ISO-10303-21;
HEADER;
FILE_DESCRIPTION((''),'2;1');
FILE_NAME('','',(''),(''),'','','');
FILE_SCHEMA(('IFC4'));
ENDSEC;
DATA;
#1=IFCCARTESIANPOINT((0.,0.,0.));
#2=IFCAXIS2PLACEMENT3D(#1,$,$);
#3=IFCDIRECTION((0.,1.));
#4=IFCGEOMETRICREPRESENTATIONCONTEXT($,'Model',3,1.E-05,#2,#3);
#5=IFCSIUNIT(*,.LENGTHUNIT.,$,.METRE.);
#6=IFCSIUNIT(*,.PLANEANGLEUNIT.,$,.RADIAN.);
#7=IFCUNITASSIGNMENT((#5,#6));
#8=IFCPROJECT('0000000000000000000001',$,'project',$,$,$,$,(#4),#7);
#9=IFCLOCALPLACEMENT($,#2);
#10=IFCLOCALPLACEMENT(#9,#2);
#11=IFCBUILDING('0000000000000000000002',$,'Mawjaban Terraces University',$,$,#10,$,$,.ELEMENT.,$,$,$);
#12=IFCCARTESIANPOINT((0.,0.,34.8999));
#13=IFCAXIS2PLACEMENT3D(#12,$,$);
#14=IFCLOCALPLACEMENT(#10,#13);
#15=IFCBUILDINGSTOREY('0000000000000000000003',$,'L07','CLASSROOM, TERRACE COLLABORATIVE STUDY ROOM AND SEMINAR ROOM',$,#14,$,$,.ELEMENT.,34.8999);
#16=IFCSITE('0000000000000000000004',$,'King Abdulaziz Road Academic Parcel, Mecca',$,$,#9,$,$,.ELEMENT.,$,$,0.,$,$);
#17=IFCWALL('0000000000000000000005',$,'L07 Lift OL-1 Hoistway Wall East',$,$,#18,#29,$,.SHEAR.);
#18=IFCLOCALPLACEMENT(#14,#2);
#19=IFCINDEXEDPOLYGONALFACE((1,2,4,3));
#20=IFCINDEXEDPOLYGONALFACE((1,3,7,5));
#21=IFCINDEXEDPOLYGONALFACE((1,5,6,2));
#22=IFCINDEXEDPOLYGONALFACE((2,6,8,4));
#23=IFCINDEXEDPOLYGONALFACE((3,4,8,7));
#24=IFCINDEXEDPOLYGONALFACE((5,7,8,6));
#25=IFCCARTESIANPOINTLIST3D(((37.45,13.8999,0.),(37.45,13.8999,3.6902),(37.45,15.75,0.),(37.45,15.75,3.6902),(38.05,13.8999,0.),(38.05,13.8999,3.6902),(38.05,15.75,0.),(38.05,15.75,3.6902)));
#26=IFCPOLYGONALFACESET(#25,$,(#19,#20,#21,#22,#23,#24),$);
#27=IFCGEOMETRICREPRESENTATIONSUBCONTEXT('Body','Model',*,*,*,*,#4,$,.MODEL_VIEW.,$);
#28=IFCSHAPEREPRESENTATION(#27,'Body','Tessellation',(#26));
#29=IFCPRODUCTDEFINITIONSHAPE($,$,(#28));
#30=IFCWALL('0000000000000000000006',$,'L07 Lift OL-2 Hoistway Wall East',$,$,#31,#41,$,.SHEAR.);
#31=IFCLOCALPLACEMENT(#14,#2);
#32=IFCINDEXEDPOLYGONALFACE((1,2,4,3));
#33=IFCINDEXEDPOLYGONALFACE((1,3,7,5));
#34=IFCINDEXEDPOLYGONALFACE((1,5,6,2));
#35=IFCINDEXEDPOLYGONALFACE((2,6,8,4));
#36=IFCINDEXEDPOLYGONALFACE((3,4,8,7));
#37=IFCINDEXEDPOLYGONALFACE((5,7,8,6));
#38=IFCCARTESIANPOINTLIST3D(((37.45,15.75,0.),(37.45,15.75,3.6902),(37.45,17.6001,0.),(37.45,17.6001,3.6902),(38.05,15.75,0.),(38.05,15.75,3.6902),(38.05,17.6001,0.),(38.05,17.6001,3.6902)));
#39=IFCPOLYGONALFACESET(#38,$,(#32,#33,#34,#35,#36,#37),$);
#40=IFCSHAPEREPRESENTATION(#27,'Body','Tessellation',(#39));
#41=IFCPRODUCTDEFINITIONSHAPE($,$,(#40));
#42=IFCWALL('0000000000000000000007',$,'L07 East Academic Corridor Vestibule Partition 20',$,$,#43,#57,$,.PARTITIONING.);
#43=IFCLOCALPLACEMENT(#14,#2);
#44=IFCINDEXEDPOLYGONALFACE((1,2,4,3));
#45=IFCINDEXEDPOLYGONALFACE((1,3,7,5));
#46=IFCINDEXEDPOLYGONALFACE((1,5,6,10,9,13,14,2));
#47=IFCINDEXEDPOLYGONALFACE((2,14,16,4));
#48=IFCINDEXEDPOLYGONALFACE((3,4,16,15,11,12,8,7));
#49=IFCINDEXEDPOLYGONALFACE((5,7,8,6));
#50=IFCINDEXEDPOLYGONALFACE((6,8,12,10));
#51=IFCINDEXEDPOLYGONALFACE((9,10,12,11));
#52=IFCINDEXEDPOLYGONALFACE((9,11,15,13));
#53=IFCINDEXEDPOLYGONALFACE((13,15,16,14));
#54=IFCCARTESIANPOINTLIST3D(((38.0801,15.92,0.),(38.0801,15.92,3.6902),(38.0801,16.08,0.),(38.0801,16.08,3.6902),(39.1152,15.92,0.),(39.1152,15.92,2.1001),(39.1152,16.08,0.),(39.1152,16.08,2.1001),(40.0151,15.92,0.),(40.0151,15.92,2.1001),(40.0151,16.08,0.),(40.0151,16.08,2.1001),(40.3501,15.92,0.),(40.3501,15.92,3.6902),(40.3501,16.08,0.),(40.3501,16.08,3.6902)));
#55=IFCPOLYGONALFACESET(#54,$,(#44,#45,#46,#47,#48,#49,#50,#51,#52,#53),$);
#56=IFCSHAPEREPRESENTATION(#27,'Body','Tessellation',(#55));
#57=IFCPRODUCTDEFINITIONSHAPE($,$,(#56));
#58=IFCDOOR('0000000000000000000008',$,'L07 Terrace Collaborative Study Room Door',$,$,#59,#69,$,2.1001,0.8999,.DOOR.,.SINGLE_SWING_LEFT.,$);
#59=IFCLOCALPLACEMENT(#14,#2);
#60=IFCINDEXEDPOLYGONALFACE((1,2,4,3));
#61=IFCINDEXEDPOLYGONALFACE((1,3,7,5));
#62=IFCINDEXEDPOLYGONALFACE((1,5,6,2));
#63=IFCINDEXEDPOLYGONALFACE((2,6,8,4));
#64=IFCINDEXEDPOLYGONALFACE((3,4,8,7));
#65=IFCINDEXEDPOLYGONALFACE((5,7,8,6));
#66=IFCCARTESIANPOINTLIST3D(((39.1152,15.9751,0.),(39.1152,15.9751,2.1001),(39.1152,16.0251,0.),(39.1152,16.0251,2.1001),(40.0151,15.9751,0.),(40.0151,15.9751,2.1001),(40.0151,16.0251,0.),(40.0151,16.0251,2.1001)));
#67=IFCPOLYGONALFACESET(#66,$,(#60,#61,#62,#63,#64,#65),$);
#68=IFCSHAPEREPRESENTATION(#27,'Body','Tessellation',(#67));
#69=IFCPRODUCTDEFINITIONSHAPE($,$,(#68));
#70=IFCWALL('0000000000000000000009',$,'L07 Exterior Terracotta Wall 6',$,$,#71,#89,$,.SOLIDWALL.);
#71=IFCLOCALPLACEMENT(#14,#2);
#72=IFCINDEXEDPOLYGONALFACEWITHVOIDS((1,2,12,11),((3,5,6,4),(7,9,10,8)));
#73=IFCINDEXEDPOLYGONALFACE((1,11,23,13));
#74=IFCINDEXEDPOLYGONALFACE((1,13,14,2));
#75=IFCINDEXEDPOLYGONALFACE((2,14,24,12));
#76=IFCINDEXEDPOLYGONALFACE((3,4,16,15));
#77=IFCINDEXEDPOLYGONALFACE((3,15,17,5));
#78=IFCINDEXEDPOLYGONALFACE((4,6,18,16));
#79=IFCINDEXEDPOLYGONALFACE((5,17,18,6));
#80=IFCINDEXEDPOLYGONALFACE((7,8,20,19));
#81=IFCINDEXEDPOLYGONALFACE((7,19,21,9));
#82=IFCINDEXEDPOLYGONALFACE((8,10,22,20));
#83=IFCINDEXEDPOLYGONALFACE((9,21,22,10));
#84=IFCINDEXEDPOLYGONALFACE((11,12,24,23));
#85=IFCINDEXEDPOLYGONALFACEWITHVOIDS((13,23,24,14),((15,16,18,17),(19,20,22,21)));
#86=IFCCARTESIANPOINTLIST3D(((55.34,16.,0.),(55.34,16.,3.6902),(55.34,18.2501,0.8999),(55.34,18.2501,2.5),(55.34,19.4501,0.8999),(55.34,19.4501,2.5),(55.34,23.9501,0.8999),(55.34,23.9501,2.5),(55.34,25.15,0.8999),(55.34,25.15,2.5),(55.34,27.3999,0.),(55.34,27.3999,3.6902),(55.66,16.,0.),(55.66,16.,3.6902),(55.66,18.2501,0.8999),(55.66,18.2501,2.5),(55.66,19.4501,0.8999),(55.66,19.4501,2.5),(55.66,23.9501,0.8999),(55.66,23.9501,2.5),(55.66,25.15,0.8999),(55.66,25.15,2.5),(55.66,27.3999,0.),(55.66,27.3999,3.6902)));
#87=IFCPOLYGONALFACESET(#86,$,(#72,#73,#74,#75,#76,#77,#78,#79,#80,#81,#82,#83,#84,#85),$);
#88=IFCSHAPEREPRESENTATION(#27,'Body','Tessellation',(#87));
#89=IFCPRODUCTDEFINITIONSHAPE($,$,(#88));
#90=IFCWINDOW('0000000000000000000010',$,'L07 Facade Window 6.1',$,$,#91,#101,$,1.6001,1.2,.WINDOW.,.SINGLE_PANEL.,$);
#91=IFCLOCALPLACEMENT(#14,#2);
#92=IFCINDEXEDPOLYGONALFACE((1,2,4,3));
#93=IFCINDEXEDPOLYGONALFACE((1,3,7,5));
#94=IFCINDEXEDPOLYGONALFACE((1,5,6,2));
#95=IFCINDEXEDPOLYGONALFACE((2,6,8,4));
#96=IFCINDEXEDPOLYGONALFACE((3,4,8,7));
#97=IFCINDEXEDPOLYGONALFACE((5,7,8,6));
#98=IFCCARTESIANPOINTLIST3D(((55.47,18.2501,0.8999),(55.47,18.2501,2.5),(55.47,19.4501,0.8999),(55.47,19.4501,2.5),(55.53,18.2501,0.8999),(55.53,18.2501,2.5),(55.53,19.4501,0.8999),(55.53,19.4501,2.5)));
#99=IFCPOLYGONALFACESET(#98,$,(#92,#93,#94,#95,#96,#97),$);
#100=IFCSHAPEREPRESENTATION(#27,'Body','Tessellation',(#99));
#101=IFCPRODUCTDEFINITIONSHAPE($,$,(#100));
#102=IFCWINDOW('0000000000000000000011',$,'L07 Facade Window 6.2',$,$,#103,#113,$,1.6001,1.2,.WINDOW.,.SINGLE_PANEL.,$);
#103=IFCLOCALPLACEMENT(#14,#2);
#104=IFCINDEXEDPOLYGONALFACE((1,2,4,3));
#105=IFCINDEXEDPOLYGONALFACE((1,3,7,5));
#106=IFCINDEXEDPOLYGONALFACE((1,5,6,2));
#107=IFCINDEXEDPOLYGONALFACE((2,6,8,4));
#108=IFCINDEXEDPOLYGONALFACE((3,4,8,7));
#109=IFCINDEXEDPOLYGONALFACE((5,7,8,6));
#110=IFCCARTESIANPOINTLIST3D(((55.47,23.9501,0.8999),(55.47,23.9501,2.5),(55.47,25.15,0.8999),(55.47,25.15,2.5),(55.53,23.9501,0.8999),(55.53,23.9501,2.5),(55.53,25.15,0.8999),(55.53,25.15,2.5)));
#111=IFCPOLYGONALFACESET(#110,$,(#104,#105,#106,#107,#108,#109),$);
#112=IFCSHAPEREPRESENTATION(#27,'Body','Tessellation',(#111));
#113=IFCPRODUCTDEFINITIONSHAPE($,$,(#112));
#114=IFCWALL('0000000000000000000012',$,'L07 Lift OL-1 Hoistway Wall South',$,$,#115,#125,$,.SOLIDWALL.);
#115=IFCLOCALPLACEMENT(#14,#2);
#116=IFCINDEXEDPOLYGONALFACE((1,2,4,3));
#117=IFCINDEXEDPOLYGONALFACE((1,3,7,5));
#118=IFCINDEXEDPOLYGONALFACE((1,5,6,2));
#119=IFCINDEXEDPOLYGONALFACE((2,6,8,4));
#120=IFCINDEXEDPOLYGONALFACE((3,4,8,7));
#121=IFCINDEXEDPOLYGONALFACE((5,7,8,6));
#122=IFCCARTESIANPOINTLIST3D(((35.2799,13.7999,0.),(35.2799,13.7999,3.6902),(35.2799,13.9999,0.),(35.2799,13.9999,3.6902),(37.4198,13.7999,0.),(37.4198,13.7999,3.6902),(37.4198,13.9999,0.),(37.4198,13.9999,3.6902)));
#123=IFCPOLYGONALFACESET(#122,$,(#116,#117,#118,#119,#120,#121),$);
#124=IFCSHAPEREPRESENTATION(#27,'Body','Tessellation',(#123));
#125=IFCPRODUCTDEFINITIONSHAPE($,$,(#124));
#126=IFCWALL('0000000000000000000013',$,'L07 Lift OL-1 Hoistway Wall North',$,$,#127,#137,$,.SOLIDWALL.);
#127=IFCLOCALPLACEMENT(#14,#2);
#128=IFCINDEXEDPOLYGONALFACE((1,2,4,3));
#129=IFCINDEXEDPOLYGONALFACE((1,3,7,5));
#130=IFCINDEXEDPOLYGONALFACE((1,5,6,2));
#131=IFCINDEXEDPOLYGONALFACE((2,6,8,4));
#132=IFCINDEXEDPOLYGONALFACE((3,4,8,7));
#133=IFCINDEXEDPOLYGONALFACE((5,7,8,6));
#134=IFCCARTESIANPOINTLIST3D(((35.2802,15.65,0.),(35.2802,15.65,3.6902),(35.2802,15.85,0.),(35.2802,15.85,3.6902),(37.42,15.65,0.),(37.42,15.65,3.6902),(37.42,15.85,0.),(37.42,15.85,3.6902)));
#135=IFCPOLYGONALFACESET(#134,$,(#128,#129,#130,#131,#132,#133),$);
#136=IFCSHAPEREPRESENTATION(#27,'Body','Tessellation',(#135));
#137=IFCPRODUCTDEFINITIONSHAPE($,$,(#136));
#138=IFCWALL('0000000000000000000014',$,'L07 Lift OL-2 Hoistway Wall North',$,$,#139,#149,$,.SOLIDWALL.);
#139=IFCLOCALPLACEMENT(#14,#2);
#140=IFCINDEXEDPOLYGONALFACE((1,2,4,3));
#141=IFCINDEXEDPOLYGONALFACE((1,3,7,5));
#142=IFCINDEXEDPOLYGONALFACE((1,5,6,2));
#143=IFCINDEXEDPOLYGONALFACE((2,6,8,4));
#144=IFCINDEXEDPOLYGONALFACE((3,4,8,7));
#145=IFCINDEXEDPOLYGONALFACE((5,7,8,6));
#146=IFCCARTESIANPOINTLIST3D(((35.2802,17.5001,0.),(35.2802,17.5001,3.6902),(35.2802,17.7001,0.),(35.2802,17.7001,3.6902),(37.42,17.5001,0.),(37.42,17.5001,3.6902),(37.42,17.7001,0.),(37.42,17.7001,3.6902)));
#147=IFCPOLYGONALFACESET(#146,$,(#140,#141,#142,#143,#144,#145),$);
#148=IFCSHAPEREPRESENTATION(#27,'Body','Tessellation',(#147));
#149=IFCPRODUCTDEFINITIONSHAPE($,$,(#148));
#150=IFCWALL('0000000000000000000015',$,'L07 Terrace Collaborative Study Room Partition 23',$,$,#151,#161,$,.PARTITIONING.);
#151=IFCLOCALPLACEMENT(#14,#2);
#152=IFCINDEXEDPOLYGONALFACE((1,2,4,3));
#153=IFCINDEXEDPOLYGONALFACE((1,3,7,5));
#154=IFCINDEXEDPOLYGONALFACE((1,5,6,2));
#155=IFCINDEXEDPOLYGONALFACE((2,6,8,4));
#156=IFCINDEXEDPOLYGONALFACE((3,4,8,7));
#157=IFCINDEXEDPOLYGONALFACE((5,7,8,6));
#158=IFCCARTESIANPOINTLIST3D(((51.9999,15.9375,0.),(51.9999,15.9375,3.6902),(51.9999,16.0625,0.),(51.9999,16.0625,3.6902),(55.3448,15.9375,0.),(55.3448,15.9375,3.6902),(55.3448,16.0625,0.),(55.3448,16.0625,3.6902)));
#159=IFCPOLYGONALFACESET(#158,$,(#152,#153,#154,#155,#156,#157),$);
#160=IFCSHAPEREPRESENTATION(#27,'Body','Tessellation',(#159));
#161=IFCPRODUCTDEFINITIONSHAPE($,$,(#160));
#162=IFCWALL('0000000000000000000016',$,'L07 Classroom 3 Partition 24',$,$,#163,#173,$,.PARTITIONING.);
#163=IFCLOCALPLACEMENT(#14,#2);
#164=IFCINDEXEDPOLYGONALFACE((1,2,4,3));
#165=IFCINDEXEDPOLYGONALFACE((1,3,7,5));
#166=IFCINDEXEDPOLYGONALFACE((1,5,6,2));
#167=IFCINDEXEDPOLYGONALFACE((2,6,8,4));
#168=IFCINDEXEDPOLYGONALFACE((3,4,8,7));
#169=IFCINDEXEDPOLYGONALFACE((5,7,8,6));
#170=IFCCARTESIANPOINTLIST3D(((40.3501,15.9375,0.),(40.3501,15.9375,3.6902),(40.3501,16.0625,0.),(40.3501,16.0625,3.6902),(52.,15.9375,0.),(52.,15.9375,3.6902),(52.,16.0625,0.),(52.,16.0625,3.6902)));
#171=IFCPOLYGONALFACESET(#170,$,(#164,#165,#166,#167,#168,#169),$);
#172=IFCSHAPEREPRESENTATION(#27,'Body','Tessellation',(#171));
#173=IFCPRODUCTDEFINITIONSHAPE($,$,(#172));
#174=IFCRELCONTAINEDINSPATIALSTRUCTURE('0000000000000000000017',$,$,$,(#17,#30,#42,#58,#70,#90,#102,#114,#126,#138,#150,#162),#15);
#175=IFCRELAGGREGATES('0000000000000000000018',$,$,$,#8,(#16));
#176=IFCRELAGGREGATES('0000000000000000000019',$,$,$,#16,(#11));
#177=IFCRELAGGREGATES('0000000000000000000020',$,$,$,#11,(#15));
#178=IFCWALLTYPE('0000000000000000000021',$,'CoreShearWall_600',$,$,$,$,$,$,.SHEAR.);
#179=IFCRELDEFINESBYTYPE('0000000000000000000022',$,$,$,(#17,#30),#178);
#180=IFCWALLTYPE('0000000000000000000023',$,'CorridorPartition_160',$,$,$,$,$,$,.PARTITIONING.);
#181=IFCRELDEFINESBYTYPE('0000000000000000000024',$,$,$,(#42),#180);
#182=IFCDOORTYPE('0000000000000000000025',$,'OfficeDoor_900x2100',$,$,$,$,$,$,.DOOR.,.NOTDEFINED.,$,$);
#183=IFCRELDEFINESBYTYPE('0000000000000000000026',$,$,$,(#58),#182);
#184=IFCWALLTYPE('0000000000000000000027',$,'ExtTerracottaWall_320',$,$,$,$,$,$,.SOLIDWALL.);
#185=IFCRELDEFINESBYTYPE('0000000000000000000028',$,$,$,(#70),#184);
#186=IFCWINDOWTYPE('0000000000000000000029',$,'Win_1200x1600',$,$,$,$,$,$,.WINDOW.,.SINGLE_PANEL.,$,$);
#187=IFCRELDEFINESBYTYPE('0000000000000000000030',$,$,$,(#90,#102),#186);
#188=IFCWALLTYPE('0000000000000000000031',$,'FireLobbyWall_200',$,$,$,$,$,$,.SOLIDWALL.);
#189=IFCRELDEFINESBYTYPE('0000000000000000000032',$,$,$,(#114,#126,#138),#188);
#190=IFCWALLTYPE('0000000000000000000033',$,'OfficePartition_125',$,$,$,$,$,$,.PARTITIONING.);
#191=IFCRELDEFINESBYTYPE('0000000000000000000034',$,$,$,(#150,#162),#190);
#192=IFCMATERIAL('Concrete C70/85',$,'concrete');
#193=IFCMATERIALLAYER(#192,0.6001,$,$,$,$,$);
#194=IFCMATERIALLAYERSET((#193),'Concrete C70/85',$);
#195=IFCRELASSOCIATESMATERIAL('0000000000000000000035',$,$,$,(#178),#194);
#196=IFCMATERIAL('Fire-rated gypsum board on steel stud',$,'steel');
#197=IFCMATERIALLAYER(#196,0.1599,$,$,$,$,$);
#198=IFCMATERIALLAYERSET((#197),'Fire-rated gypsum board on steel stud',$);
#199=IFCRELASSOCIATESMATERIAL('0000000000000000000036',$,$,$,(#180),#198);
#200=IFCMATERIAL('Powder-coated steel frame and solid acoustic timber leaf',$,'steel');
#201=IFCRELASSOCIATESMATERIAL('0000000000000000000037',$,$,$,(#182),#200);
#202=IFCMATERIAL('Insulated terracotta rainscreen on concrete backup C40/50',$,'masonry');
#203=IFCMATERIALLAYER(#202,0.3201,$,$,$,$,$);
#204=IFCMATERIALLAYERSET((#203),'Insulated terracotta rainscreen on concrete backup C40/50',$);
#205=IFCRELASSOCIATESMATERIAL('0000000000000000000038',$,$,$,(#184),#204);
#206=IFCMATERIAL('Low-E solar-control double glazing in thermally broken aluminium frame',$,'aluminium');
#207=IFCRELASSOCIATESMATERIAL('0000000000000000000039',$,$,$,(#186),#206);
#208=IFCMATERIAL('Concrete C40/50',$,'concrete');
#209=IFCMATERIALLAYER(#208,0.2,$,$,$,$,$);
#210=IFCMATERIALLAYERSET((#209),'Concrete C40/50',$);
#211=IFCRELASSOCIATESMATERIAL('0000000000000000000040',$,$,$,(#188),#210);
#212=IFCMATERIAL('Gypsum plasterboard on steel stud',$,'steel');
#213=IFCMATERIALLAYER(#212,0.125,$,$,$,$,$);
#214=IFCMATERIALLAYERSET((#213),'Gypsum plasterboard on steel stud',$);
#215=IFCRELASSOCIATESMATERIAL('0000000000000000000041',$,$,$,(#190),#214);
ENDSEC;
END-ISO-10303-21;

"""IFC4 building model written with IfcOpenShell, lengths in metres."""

from ifc_helpers import new_model, si_unit, direction, frame, frame_2d, origin, place, context, subcontext, project, spatial, rectangle, extrude, material, layer, layer_set, type_object, element, fill, save


model = new_model("IFC4")

# Units and contexts
model_context = context("Model", 3, precision=1e-05, world=origin(), true_north=direction((0.0, 1.0)))
body_context = subcontext(model_context, "Body", "Model", "MODEL_VIEW")
ifc_project = project(units=[si_unit("LENGTHUNIT", "METRE"), si_unit("PLANEANGLEUNIT", "RADIAN")], contexts=[model_context])

# Site, building, storey
site_placement = place(None, origin())
site = spatial("IfcSite", under=ifc_project, at=site_placement, Name="King Abdulaziz Road Academic Parcel, Mecca", CompositionType="ELEMENT", RefElevation=0.0)
building_placement = place(site_placement, origin())
building = spatial("IfcBuilding", under=site, at=building_placement, Name="Mawjaban Terraces University", CompositionType="ELEMENT")
storey_placement = place(building_placement, frame((0.0, 0.0, 34.8999)))
storey = spatial("IfcBuildingStorey", under=building, at=storey_placement, Name="L07", Description="CLASSROOM, TERRACE COLLABORATIVE STUDY ROOM AND SEMINAR ROOM", CompositionType="ELEMENT", Elevation=34.8999)

# Shared definitions
ifc_material_1 = material(Name="Concrete C70/85", Category="concrete")

# Walls
ifc_layer_1 = layer(ifc_material_1, 0.6001)
ifc_layer_set_1 = layer_set([ifc_layer_1], Name="Concrete C70/85")
wall_type_1 = type_object("IfcWallType", Name="CoreShearWall_600", PredefinedType="SHEAR", material=ifc_layer_set_1)
for number, where, z_axis, x_axis, name in (
    (1, (37.75, 13.8999, 0.0), (0.0, 0.0, 1.0), (0.0, 1.0, 0.0), "L07 Lift OL-1 Hoistway Wall East"),
    (2, (37.75, 15.75, 0.0), (0.0, 0.0, 1.0), (0.0, 1.0, 0.0), "L07 Lift OL-2 Hoistway Wall East"),
):
    element("IfcWall", number, at=place(storey_placement, frame(where, z_axis=z_axis, x_axis=x_axis)), inside=storey, type_object=wall_type_1, Name=name, PredefinedType="SHEAR", context=body_context, shape_type="SweptSolid", body=[
        extrude(rectangle(XDim=1.8501, YDim=0.6001, at=frame_2d((0.925, 0.0))), origin(), (0.0, 0.0, 1.0), 3.6902),
    ])

# Wall, opening, door
ifc_material_2 = material(Name="Fire-rated gypsum board on steel stud", Category="steel")
ifc_layer_2 = layer(ifc_material_2, 0.1599)
ifc_layer_set_2 = layer_set([ifc_layer_2], Name="Fire-rated gypsum board on steel stud")
wall_type_2 = type_object("IfcWallType", Name="CorridorPartition_160", PredefinedType="PARTITIONING", material=ifc_layer_set_2)
wall_1_placement = place(storey_placement, frame((40.3501, 16.0, 0.0), z_axis=(0.0, 0.0, 1.0), x_axis=(-1.0, 0.0, 0.0)))
wall_1 = element("IfcWall", 3, at=wall_1_placement, inside=storey, type_object=wall_type_2, Name="L07 East Academic Corridor Vestibule Partition 20", PredefinedType="PARTITIONING", context=body_context, shape_type="SweptSolid", body=[
    extrude(rectangle(XDim=2.27, YDim=0.1599, at=frame_2d((1.135, 0.0))), origin(), (0.0, 0.0, 1.0), 3.6902),
])
opening_1_placement = place(wall_1_placement, frame((0.335, 0.0, 0.0)))
opening_1 = element("IfcOpeningElement", 4, at=opening_1_placement, cuts=wall_1, PredefinedType="OPENING", context=body_context, shape_type="SweptSolid", body=[
    extrude(rectangle(XDim=0.8999, YDim=2.1001, at=frame_2d((0.45, 1.05))), frame((0.0, 0.0898, 0.0), z_axis=(0.0, -1.0, 0.0), x_axis=(1.0, 0.0, 0.0)), (0.0, 0.0, 1.0), 0.1799),
])
ifc_material_3 = material(Name="Powder-coated steel frame and solid acoustic timber leaf", Category="steel")
door_type = type_object("IfcDoorType", Name="OfficeDoor_900x2100", OperationType="NOTDEFINED", PredefinedType="DOOR", material=ifc_material_3)
door_placement = place(opening_1_placement, origin())
door = element("IfcDoor", 5, at=door_placement, inside=storey, type_object=door_type, Name="L07 Terrace Collaborative Study Room Door", OperationType="SINGLE_SWING_LEFT", OverallHeight=2.1001, OverallWidth=0.8999, PredefinedType="DOOR", context=body_context, shape_type="SweptSolid", body=[
    extrude(rectangle(XDim=0.8999, YDim=2.1001, at=frame_2d((0.45, 1.05))), frame((0.0, 0.0249, 0.0), z_axis=(0.0, -1.0, 0.0), x_axis=(1.0, 0.0, 0.0)), (0.0, 0.0, 1.0), 0.05),
])
fill(opening_1, door)

# Wall, openings, windows
ifc_material_4 = material(Name="Insulated terracotta rainscreen on concrete backup C40/50", Category="masonry")
ifc_layer_3 = layer(ifc_material_4, 0.3201)
ifc_layer_set_3 = layer_set([ifc_layer_3], Name="Insulated terracotta rainscreen on concrete backup C40/50")
wall_type_3 = type_object("IfcWallType", Name="ExtTerracottaWall_320", PredefinedType="SOLIDWALL", material=ifc_layer_set_3)
wall_2_placement = place(storey_placement, frame((55.5, 16.0, 0.0), z_axis=(0.0, 0.0, 1.0), x_axis=(0.0, 1.0, 0.0)))
wall_2 = element("IfcWall", 6, at=wall_2_placement, inside=storey, type_object=wall_type_3, Name="L07 Exterior Terracotta Wall 6", PredefinedType="SOLIDWALL", context=body_context, shape_type="SweptSolid", body=[
    extrude(rectangle(XDim=11.3999, YDim=0.3201, at=frame_2d((5.7, 0.0))), origin(), (0.0, 0.0, 1.0), 3.6902),
])
opening_2_placement = place(wall_2_placement, frame((2.25, 0.0, 0.8999)))
opening_2 = element("IfcOpeningElement", 7, at=opening_2_placement, cuts=wall_2, PredefinedType="OPENING", context=body_context, shape_type="SweptSolid", body=[
    extrude(rectangle(XDim=1.2, YDim=1.6001, at=frame_2d((0.6001, 0.8))), frame((0.0, 0.1699, 0.0), z_axis=(0.0, -1.0, 0.0), x_axis=(1.0, 0.0, 0.0)), (0.0, 0.0, 1.0), 0.3401),
])
opening_3_placement = place(wall_2_placement, frame((7.95, 0.0, 0.8999)))
opening_3 = element("IfcOpeningElement", 8, at=opening_3_placement, cuts=wall_2, PredefinedType="OPENING", context=body_context, shape_type="SweptSolid", body=[
    extrude(rectangle(XDim=1.2, YDim=1.6001, at=frame_2d((0.6001, 0.8))), frame((0.0, 0.1699, 0.0), z_axis=(0.0, -1.0, 0.0), x_axis=(1.0, 0.0, 0.0)), (0.0, 0.0, 1.0), 0.3401),
])
ifc_material_5 = material(Name="Low-E solar-control double glazing in thermally broken aluminium frame", Category="aluminium")
window_type = type_object("IfcWindowType", Name="Win_1200x1600", PartitioningType="SINGLE_PANEL", PredefinedType="WINDOW", material=ifc_material_5)
window_1_placement = place(opening_2_placement, origin())
window_1 = element("IfcWindow", 9, at=window_1_placement, inside=storey, type_object=window_type, Name="L07 Facade Window 6.1", OverallHeight=1.6001, OverallWidth=1.2, PartitioningType="SINGLE_PANEL", PredefinedType="WINDOW", context=body_context, shape_type="SweptSolid", body=[
    extrude(rectangle(XDim=1.2, YDim=1.6001, at=frame_2d((0.6001, 0.8))), frame((0.0, 0.03, 0.0), z_axis=(0.0, -1.0, 0.0), x_axis=(1.0, 0.0, 0.0)), (0.0, 0.0, 1.0), 0.0601),
])
fill(opening_2, window_1)
window_2_placement = place(opening_3_placement, origin())
window_2 = element("IfcWindow", 10, at=window_2_placement, inside=storey, type_object=window_type, Name="L07 Facade Window 6.2", OverallHeight=1.6001, OverallWidth=1.2, PartitioningType="SINGLE_PANEL", PredefinedType="WINDOW", context=body_context, shape_type="SweptSolid", body=[
    extrude(rectangle(XDim=1.2, YDim=1.6001, at=frame_2d((0.6001, 0.8))), frame((0.0, 0.03, 0.0), z_axis=(0.0, -1.0, 0.0), x_axis=(1.0, 0.0, 0.0)), (0.0, 0.0, 1.0), 0.0601),
])
fill(opening_3, window_2)

# Walls
ifc_material_6 = material(Name="Concrete C40/50", Category="concrete")
ifc_layer_4 = layer(ifc_material_6, 0.2)
ifc_layer_set_4 = layer_set([ifc_layer_4], Name="Concrete C40/50")
wall_type_4 = type_object("IfcWallType", Name="FireLobbyWall_200", PredefinedType="SOLIDWALL", material=ifc_layer_set_4)
for number, where, z_axis, x_axis, name in (
    (11, (35.28, 13.8999, 0.0), (0.0, 0.0, 1.0), (1.0, 0.0, 0.0), "L07 Lift OL-1 Hoistway Wall South"),
    (12, (37.4199, 15.75, 0.0), (0.0, 0.0, 1.0), (-1.0, 0.0, 0.0), "L07 Lift OL-1 Hoistway Wall North"),
    (13, (37.4199, 17.6001, 0.0), (0.0, 0.0, 1.0), (-1.0, 0.0, 0.0), "L07 Lift OL-2 Hoistway Wall North"),
):
    element("IfcWall", number, at=place(storey_placement, frame(where, z_axis=z_axis, x_axis=x_axis)), inside=storey, type_object=wall_type_4, Name=name, PredefinedType="SOLIDWALL", context=body_context, shape_type="SweptSolid", body=[
        extrude(rectangle(XDim=2.1399, YDim=0.2, at=frame_2d((1.0698, 0.0))), origin(), (0.0, 0.0, 1.0), 3.6902),
    ])
ifc_material_7 = material(Name="Gypsum plasterboard on steel stud", Category="steel")
ifc_layer_5 = layer(ifc_material_7, 0.125)
ifc_layer_set_5 = layer_set([ifc_layer_5], Name="Gypsum plasterboard on steel stud")
wall_type_5 = type_object("IfcWallType", Name="OfficePartition_125", PredefinedType="PARTITIONING", material=ifc_layer_set_5)
wall_3_placement = place(storey_placement, frame((52.0, 16.0, 0.0), z_axis=(0.0, 0.0, 1.0), x_axis=(1.0, 0.0, 0.0)))
element("IfcWall", 14, at=wall_3_placement, inside=storey, type_object=wall_type_5, Name="L07 Terrace Collaborative Study Room Partition 23", PredefinedType="PARTITIONING", context=body_context, shape_type="SweptSolid", body=[
    extrude(rectangle(XDim=3.345, YDim=0.125, at=frame_2d((1.6724, 0.0))), origin(), (0.0, 0.0, 1.0), 3.6902),
])
wall_4_placement = place(storey_placement, frame((52.0, 16.0, 0.0), z_axis=(0.0, 0.0, 1.0), x_axis=(-1.0, 0.0, 0.0)))
element("IfcWall", 15, at=wall_4_placement, inside=storey, type_object=wall_type_5, Name="L07 Classroom 3 Partition 24", PredefinedType="PARTITIONING", context=body_context, shape_type="SweptSolid", body=[
    extrude(rectangle(XDim=11.6499, YDim=0.125, at=frame_2d((5.825, 0.0))), origin(), (0.0, 0.0, 1.0), 3.6902),
])

save(model, "model.ifc")
